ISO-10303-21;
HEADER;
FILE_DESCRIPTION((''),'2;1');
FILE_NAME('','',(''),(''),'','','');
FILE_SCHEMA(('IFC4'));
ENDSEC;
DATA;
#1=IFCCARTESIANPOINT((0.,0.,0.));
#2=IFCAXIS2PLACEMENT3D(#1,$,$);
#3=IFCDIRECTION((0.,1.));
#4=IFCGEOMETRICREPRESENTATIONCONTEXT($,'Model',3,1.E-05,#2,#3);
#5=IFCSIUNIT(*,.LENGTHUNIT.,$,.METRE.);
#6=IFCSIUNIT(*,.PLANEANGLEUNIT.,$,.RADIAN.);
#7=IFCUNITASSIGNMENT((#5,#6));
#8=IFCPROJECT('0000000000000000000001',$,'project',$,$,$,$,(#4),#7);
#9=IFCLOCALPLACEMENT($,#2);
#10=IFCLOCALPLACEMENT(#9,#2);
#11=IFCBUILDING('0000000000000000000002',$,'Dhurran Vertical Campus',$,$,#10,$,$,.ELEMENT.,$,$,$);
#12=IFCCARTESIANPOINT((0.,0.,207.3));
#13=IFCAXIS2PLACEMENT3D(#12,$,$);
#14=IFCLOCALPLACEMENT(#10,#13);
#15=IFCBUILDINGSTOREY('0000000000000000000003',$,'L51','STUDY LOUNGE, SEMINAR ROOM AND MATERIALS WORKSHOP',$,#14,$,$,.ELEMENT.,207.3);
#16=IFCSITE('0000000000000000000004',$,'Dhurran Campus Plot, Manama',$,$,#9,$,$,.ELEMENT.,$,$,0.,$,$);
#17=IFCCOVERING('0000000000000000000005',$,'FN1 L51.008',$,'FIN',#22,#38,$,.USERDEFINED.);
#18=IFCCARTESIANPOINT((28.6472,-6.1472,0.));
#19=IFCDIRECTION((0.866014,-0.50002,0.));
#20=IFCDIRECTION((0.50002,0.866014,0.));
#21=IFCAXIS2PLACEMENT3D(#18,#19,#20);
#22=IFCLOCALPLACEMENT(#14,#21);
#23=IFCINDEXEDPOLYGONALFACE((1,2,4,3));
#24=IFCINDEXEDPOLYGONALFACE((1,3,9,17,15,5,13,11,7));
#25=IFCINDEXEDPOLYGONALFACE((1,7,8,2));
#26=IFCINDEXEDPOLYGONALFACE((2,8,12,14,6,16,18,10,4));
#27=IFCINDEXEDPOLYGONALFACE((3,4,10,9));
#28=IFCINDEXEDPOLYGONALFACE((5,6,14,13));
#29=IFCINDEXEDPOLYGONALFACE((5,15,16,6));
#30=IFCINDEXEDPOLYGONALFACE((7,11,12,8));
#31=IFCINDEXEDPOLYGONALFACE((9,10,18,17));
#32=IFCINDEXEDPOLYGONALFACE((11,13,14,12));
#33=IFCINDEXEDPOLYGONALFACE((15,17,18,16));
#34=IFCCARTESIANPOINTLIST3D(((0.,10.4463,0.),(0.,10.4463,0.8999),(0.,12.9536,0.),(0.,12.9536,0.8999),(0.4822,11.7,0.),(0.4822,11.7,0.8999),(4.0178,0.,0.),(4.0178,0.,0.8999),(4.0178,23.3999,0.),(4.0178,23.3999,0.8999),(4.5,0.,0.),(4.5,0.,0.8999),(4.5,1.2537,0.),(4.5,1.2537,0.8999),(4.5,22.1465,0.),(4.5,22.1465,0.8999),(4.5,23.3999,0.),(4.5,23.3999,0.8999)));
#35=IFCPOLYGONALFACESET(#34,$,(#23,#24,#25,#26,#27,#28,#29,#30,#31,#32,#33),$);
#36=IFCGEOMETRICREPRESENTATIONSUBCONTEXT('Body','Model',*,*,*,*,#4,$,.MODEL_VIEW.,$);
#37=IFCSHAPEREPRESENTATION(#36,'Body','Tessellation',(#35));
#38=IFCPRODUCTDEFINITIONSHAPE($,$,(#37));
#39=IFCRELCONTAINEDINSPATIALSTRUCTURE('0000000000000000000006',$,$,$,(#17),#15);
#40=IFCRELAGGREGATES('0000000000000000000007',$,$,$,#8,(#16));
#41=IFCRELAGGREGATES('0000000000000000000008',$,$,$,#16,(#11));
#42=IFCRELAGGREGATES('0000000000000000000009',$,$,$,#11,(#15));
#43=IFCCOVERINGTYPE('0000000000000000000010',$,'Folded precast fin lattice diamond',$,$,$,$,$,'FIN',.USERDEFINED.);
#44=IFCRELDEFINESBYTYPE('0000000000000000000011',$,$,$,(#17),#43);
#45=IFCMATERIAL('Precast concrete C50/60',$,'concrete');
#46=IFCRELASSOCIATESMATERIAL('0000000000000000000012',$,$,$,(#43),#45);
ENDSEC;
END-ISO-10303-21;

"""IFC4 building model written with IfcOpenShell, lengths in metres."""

from ifc_helpers import new_model, si_unit, direction, frame, origin, place, context, subcontext, project, spatial, polyline, outline, extrude, material, type_object, element, save


model = new_model("IFC4")

# Units and contexts
model_context = context("Model", 3, precision=1e-05, world=origin(), true_north=direction((0.0, 1.0)))
body_context = subcontext(model_context, "Body", "Model", "MODEL_VIEW")
ifc_project = project(units=[si_unit("LENGTHUNIT", "METRE"), si_unit("PLANEANGLEUNIT", "RADIAN")], contexts=[model_context])

# Site, building, storey
site_placement = place(None, origin())
site = spatial("IfcSite", under=ifc_project, at=site_placement, Name="Dhurran Campus Plot, Manama", CompositionType="ELEMENT", RefElevation=0.0)
building_placement = place(site_placement, origin())
building = spatial("IfcBuilding", under=site, at=building_placement, Name="Dhurran Vertical Campus", CompositionType="ELEMENT")
storey_placement = place(building_placement, frame((0.0, 0.0, 207.3)))
storey = spatial("IfcBuildingStorey", under=building, at=storey_placement, Name="L51", Description="STUDY LOUNGE, SEMINAR ROOM AND MATERIALS WORKSHOP", CompositionType="ELEMENT", Elevation=207.3)

# Covering
ifc_material_1 = material(Name="Precast concrete C50/60", Category="concrete")
covering_type = type_object("IfcCoveringType", Name="Folded precast fin lattice diamond", ElementType="FIN", PredefinedType="USERDEFINED", material=ifc_material_1)
covering_1_placement = place(storey_placement, frame((28.6472, -6.1472, 0.0), z_axis=(0.866014, -0.50002, 0.0), x_axis=(0.50002, 0.866014, 0.0)))
element("IfcCovering", 1, at=covering_1_placement, inside=storey, type_object=covering_type, Name="FN1 L51.008", ObjectType="FIN", PredefinedType="USERDEFINED", context=body_context, shape_type="SweptSolid", body=[
    extrude(outline(polyline([(4.0178, 0.0), (0.0, 10.4463), (0.0, 12.9536), (4.0178, 23.3999), (4.5, 23.3999), (4.5, 22.1465), (0.4822, 11.7), (4.5, 1.2537), (4.5, 0.0), (4.0178, 0.0)])), origin(), (0.0, 0.0, 1.0), 0.8999),
])

save(model, "model.ifc")
